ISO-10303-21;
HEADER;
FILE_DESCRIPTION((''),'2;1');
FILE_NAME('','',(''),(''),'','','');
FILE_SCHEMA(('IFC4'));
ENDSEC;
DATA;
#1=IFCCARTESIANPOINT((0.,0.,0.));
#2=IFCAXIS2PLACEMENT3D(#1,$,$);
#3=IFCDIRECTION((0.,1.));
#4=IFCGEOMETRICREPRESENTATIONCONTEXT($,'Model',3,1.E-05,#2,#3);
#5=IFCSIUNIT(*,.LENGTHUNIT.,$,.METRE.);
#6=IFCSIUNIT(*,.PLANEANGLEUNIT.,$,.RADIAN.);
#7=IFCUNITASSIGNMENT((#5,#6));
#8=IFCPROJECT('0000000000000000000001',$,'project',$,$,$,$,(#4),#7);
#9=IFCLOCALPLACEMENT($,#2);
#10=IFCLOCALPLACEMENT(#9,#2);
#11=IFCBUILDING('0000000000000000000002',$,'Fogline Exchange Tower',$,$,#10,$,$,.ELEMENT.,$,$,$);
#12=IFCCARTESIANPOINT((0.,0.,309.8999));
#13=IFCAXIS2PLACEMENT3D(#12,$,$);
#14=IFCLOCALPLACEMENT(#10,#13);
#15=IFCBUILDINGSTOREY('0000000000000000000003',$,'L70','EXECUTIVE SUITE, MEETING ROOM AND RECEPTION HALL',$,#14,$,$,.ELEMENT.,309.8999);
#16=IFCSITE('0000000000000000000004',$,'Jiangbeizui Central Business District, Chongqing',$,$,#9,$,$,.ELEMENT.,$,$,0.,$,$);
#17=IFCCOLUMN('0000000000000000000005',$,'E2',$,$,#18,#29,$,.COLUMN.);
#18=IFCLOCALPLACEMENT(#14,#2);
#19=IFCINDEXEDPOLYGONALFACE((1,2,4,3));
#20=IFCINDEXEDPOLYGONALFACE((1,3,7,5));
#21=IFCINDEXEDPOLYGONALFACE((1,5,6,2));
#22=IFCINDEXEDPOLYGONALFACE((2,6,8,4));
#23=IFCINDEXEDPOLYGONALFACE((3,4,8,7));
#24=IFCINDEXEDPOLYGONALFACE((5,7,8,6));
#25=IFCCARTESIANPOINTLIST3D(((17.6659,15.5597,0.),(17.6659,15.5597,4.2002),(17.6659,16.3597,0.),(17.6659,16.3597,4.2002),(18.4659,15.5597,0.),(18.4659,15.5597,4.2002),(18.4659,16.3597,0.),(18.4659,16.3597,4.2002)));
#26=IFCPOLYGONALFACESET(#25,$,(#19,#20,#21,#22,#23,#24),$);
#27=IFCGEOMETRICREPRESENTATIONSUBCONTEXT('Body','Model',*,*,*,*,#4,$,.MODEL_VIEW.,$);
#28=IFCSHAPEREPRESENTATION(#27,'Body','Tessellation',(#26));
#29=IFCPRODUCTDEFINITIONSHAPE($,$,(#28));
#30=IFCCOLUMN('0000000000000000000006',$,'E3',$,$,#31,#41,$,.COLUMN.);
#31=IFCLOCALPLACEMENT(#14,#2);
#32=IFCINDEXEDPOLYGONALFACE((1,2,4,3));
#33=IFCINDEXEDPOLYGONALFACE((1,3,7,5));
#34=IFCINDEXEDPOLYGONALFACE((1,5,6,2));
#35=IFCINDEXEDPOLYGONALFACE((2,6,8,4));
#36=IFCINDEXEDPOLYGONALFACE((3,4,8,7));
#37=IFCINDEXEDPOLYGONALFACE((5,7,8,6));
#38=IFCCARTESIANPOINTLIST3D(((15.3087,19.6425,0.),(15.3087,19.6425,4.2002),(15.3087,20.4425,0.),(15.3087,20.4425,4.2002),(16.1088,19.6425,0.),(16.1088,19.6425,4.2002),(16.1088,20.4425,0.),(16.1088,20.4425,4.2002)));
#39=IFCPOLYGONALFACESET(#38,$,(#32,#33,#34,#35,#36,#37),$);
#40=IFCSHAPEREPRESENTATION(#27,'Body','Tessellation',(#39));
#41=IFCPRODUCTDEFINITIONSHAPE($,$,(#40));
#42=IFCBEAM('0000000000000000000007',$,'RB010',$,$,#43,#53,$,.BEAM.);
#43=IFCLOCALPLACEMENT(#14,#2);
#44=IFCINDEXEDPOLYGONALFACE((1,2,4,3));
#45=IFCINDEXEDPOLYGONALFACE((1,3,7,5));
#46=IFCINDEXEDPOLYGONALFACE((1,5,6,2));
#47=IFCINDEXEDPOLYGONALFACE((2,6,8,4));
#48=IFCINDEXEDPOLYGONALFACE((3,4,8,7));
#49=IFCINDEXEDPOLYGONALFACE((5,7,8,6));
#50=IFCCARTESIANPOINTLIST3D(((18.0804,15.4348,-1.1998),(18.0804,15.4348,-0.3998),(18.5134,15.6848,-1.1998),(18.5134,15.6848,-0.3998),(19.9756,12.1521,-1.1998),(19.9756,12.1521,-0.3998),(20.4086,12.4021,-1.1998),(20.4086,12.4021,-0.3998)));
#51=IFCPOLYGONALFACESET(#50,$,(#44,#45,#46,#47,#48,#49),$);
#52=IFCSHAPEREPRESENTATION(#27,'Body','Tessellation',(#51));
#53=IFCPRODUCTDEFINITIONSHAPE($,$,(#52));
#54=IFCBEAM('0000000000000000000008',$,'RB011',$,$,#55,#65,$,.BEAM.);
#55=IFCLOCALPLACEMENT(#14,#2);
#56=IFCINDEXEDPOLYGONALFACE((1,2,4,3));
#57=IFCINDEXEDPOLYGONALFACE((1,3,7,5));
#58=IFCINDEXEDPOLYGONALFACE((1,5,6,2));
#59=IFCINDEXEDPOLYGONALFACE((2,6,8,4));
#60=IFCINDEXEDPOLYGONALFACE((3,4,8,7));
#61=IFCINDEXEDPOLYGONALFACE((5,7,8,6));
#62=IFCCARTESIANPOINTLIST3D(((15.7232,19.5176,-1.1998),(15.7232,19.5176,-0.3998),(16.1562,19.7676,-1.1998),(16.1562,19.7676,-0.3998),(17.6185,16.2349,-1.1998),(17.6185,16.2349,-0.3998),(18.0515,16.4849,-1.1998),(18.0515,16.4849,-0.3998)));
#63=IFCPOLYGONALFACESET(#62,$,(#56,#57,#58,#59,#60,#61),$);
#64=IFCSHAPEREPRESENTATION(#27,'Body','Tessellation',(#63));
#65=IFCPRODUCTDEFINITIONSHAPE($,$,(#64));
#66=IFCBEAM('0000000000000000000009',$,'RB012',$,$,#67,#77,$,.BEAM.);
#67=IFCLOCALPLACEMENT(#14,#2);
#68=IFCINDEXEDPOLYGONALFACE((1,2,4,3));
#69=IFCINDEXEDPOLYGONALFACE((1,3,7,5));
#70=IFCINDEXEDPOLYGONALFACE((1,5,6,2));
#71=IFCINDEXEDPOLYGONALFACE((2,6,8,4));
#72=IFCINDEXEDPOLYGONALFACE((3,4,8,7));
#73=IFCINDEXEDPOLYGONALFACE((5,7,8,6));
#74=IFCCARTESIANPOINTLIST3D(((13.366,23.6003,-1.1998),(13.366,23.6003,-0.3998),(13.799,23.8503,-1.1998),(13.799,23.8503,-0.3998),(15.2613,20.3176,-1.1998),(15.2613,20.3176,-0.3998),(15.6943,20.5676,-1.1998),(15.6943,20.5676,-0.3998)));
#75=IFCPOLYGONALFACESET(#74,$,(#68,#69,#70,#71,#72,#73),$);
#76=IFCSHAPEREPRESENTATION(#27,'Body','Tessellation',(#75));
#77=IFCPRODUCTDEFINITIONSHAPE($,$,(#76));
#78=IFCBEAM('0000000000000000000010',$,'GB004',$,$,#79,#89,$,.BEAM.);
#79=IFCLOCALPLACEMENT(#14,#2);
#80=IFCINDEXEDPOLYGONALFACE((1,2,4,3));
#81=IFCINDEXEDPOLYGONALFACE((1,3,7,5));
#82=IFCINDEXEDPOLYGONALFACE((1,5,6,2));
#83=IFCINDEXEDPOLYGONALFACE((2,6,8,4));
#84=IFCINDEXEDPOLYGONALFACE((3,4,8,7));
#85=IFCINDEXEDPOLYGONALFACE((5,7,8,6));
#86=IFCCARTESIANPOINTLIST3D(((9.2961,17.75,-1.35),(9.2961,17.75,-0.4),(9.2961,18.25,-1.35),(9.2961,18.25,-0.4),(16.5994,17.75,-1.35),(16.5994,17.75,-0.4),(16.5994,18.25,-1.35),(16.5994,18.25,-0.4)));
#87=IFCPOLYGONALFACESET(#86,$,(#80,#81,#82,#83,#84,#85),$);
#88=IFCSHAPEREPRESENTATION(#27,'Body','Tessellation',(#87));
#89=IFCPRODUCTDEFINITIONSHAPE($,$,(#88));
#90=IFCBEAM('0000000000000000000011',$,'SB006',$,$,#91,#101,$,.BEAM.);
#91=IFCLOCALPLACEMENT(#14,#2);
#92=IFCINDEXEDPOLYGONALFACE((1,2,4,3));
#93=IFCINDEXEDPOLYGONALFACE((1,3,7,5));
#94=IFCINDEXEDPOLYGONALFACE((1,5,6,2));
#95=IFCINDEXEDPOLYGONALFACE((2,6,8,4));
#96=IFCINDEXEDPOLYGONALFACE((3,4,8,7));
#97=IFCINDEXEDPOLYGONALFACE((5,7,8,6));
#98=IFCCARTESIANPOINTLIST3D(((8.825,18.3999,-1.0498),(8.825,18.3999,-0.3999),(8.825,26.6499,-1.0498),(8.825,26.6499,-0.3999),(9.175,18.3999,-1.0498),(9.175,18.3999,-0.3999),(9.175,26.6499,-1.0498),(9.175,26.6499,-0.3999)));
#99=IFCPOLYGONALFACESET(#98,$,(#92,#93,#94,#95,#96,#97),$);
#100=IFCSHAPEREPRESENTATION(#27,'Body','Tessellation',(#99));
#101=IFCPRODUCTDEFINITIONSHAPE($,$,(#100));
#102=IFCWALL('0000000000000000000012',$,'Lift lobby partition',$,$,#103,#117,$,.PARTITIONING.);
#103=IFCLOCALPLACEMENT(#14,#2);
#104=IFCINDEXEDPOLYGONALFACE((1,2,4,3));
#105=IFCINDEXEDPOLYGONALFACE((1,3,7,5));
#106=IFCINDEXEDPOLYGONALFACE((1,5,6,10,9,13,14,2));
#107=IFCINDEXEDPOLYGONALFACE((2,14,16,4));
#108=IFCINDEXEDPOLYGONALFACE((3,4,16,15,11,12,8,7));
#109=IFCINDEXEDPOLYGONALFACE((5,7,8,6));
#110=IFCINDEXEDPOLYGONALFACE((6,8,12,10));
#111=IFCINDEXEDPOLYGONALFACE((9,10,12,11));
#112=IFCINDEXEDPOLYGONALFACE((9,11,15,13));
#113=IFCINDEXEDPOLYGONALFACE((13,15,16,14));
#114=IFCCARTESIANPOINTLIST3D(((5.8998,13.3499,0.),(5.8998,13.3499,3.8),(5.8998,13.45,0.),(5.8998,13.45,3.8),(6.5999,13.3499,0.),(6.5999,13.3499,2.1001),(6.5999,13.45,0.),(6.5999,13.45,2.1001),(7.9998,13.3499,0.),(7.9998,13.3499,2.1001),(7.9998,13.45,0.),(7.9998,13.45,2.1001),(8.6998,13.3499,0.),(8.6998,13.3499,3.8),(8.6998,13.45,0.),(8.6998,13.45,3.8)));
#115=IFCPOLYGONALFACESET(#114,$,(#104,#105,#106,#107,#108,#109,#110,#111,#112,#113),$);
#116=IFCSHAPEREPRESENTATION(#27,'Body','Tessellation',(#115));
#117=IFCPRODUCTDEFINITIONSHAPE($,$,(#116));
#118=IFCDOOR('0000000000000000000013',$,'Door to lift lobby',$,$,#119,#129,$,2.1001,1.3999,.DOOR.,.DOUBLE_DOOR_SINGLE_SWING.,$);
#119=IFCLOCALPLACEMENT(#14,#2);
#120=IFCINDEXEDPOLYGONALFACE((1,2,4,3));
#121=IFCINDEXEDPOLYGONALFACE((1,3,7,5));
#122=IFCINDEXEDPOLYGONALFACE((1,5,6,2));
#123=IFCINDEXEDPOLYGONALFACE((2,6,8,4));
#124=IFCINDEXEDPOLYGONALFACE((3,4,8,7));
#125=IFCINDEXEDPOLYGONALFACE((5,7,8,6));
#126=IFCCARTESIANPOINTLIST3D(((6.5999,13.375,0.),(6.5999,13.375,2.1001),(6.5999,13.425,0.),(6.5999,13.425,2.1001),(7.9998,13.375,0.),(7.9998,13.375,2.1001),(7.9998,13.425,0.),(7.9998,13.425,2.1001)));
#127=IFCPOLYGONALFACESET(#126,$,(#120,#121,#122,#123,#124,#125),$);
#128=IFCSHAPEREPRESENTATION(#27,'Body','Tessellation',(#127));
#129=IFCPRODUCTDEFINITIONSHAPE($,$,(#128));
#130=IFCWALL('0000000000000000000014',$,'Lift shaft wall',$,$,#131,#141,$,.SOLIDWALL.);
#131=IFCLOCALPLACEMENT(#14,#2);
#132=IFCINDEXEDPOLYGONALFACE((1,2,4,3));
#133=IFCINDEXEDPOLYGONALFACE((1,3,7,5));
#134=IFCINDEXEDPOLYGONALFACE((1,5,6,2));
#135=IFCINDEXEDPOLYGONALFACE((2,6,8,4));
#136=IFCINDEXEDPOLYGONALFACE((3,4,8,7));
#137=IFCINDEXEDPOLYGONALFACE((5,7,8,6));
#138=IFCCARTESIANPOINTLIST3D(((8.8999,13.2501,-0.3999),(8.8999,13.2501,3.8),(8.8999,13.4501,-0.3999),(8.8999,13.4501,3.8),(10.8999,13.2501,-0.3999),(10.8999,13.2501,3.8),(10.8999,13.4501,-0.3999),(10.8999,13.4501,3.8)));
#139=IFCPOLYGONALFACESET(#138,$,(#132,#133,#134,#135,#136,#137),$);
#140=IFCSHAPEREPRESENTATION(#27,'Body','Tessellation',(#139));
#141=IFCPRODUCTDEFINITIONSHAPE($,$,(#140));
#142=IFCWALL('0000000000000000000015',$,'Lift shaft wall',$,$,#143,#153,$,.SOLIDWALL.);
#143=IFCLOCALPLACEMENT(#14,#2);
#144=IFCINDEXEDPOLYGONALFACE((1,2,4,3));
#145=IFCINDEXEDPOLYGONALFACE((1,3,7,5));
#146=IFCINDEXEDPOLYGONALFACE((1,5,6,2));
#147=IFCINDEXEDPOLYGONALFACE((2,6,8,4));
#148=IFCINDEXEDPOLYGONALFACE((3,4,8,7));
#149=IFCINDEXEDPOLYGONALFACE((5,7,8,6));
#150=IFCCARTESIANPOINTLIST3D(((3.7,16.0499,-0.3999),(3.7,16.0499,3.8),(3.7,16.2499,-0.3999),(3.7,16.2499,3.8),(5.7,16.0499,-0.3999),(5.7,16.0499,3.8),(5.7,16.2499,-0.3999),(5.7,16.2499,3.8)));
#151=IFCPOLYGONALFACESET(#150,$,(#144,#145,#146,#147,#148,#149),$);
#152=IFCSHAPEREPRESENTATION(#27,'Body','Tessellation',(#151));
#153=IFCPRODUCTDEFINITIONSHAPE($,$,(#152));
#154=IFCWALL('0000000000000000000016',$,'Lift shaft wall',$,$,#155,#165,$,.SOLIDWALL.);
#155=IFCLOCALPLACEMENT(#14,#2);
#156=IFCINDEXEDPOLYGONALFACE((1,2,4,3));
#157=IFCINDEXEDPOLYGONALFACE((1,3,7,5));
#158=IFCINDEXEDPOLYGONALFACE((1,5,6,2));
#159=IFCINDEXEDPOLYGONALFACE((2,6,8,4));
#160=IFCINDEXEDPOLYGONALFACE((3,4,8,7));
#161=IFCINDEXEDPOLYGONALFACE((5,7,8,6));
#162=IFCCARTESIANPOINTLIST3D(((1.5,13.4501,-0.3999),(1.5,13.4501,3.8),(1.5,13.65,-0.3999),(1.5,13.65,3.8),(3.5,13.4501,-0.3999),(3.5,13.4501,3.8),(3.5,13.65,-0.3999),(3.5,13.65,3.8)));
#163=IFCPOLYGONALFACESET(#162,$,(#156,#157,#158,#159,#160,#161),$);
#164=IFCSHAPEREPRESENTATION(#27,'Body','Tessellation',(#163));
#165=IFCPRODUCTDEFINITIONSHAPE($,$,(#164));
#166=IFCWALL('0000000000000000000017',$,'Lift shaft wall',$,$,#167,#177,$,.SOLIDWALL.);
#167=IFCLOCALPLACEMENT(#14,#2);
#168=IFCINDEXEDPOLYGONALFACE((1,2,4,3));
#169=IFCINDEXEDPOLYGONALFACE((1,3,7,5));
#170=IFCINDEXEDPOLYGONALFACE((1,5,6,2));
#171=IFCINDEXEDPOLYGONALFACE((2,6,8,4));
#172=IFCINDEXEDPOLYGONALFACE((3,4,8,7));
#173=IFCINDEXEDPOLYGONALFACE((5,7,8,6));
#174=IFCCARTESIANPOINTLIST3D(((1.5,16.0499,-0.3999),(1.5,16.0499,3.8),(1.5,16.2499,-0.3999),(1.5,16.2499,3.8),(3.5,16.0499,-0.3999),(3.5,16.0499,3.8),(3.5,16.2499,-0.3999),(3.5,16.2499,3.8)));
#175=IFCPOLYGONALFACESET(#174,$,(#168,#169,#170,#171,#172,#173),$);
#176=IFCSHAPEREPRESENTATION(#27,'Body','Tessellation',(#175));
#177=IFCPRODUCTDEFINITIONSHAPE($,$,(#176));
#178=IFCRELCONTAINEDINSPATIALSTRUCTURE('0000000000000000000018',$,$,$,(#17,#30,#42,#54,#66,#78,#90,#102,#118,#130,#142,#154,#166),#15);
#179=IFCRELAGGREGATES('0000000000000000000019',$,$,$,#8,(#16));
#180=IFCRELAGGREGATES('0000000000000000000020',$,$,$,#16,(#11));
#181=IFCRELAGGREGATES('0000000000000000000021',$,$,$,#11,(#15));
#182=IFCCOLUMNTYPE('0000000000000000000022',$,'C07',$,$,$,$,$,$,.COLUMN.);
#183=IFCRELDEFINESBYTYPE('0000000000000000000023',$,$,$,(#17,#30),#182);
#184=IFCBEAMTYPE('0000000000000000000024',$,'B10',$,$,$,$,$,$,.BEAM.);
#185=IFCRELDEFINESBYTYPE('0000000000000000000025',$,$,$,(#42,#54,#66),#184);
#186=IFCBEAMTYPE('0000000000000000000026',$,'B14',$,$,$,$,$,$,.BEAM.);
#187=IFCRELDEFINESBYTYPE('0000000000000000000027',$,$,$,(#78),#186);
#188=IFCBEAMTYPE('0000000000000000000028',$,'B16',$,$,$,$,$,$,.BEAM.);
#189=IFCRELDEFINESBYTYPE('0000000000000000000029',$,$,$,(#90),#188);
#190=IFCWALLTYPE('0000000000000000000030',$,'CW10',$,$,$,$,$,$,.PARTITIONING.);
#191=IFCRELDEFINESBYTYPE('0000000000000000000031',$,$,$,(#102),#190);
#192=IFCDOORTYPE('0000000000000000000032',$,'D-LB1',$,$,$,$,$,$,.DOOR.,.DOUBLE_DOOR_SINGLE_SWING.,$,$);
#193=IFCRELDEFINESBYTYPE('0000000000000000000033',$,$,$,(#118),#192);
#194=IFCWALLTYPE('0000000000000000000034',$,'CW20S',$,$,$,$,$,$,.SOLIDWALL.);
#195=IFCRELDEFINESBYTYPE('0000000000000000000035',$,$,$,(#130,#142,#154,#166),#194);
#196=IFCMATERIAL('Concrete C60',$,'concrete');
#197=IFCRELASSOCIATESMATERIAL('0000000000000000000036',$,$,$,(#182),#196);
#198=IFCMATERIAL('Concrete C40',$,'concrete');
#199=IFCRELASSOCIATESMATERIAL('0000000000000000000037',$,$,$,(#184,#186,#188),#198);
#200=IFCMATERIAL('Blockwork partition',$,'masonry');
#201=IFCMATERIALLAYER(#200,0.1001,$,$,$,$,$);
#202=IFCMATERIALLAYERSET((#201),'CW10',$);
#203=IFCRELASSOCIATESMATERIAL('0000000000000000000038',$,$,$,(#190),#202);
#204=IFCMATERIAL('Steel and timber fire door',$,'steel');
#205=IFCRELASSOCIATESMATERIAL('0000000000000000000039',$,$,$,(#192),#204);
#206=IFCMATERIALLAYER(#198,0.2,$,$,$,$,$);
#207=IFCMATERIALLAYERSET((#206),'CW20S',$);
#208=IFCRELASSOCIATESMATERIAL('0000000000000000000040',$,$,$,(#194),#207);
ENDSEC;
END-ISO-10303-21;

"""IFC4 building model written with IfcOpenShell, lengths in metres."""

from ifc_helpers import new_model, si_unit, direction, frame, frame_2d, origin, origin_2d, place, context, subcontext, project, spatial, rectangle, extrude, material, layer, layer_set, material_profile, profile_set, type_object, element, fill, save


model = new_model("IFC4")

# Units and contexts
model_context = context("Model", 3, precision=1e-05, world=origin(), true_north=direction((0.0, 1.0)))
body_context = subcontext(model_context, "Body", "Model", "MODEL_VIEW")
ifc_project = project(units=[si_unit("LENGTHUNIT", "METRE"), si_unit("PLANEANGLEUNIT", "RADIAN")], contexts=[model_context])

# Site, building, storey
site_placement = place(None, origin())
site = spatial("IfcSite", under=ifc_project, at=site_placement, Name="Jiangbeizui Central Business District, Chongqing", CompositionType="ELEMENT", RefElevation=0.0)
building_placement = place(site_placement, origin())
building = spatial("IfcBuilding", under=site, at=building_placement, Name="Fogline Exchange Tower", CompositionType="ELEMENT")
storey_placement = place(building_placement, frame((0.0, 0.0, 309.8999)))
storey = spatial("IfcBuildingStorey", under=building, at=storey_placement, Name="L70", Description="EXECUTIVE SUITE, MEETING ROOM AND RECEPTION HALL", CompositionType="ELEMENT", Elevation=309.8999)

# Columns
ifc_material_1 = material(Name="Concrete C60", Category="concrete")
ifc_material_profile_1 = material_profile(ifc_material_1, rectangle(XDim=0.8, YDim=0.8, at=origin_2d()), Name="RC 800x800")
ifc_profile_set_1 = profile_set([ifc_material_profile_1], Name="Concrete C60")
column_type = type_object("IfcColumnType", Name="C07", PredefinedType="COLUMN", material=ifc_profile_set_1)
for number, where, z_axis, x_axis, name in (
    (1, (18.0659, 15.9597, 0.0), (0.0, 0.0, 1.0), (1.0, 0.0, 0.0), "E2"),
    (2, (15.7087, 20.0425, 0.0), (0.0, 0.0, 1.0), (1.0, 0.0, 0.0), "E3"),
):
    element("IfcColumn", number, at=place(storey_placement, frame(where, z_axis=z_axis, x_axis=x_axis)), inside=storey, type_object=column_type, Name=name, PredefinedType="COLUMN", context=body_context, shape_type="SweptSolid", body=[
        extrude(rectangle(XDim=0.8, YDim=0.8, at=origin_2d()), origin(), (0.0, 0.0, 1.0), 4.2002),
    ])

# Beams
ifc_material_2 = material(Name="Concrete C40", Category="concrete")
ifc_material_profile_2 = material_profile(ifc_material_2, rectangle(XDim=0.5, YDim=0.8, at=origin_2d()), Name="RC 500x800")
ifc_profile_set_2 = profile_set([ifc_material_profile_2], Name="Concrete C40")
beam_type_1 = type_object("IfcBeamType", Name="B10", PredefinedType="BEAM", material=ifc_profile_set_2)
for number, where, z_axis, x_axis, name in (
    (3, (20.1921, 12.2771, -0.7998), (-0.499998, 0.866027, 0.0), (-0.866027, -0.499998, 0.0), "RB010"),
    (4, (17.835, 16.3599, -0.7998), (-0.499998, 0.866027, 0.0), (-0.866027, -0.499998, 0.0), "RB011"),
    (5, (15.4778, 20.4426, -0.7998), (-0.499998, 0.866027, 0.0), (-0.866027, -0.499998, 0.0), "RB012"),
):
    element("IfcBeam", number, at=place(storey_placement, frame(where, z_axis=z_axis, x_axis=x_axis)), inside=storey, type_object=beam_type_1, Name=name, PredefinedType="BEAM", context=body_context, shape_type="SweptSolid", body=[
        extrude(rectangle(XDim=0.5, YDim=0.8, at=origin_2d()), origin(), (0.0, 0.0, 1.0), 3.7905),
    ])
ifc_material_profile_3 = material_profile(ifc_material_2, rectangle(XDim=0.5, YDim=0.95, at=origin_2d()), Name="RC 500x950")
ifc_profile_set_3 = profile_set([ifc_material_profile_3], Name="Concrete C40")
beam_type_2 = type_object("IfcBeamType", Name="B14", PredefinedType="BEAM", material=ifc_profile_set_3)
beam_1_placement = place(storey_placement, frame((9.2961, 18.0, -0.875), z_axis=(1.0, 0.0, 0.0), x_axis=(0.0, 1.0, 0.0)))
element("IfcBeam", 6, at=beam_1_placement, inside=storey, type_object=beam_type_2, Name="GB004", PredefinedType="BEAM", context=body_context, shape_type="SweptSolid", body=[
    extrude(rectangle(XDim=0.5, YDim=0.95, at=origin_2d()), origin(), (0.0, 0.0, 1.0), 7.3032),
])
ifc_material_profile_4 = material_profile(ifc_material_2, rectangle(XDim=0.3501, YDim=0.6499, at=origin_2d()), Name="RC 350x650")
ifc_profile_set_4 = profile_set([ifc_material_profile_4], Name="Concrete C40")
beam_type_3 = type_object("IfcBeamType", Name="B16", PredefinedType="BEAM", material=ifc_profile_set_4)
beam_2_placement = place(storey_placement, frame((9.0, 18.3999, -0.7249), z_axis=(0.0, 1.0, 0.0), x_axis=(-1.0, 0.0, 0.0)))
element("IfcBeam", 7, at=beam_2_placement, inside=storey, type_object=beam_type_3, Name="SB006", PredefinedType="BEAM", context=body_context, shape_type="SweptSolid", body=[
    extrude(rectangle(XDim=0.3501, YDim=0.6499, at=origin_2d()), origin(), (0.0, 0.0, 1.0), 8.25),
])

# Wall, opening, door
ifc_material_3 = material(Name="Blockwork partition", Category="masonry")
ifc_layer_1 = layer(ifc_material_3, 0.1001)
ifc_layer_set_1 = layer_set([ifc_layer_1], Name="CW10")
wall_type_1 = type_object("IfcWallType", Name="CW10", PredefinedType="PARTITIONING", material=ifc_layer_set_1)
wall_1_placement = place(storey_placement, frame((5.8999, 13.3999, 0.0), z_axis=(0.0, 0.0, 1.0), x_axis=(1.0, 0.0, 0.0)))
wall_1 = element("IfcWall", 8, at=wall_1_placement, inside=storey, type_object=wall_type_1, Name="Lift lobby partition", PredefinedType="PARTITIONING", context=body_context, shape_type="SweptSolid", body=[
    extrude(rectangle(XDim=2.8, YDim=0.1001, at=frame_2d((1.3999, 0.0))), origin(), (0.0, 0.0, 1.0), 3.8),
])
opening_1_placement = place(wall_1_placement, frame((0.7, 0.0, 0.0)))
opening_1 = element("IfcOpeningElement", 9, at=opening_1_placement, cuts=wall_1, PredefinedType="OPENING", context=body_context, shape_type="SweptSolid", body=[
    extrude(rectangle(XDim=1.3999, YDim=2.1001, at=frame_2d((0.7, 1.05))), frame((0.0, 0.0601, 0.0), z_axis=(0.0, -1.0, 0.0), x_axis=(1.0, 0.0, 0.0)), (0.0, 0.0, 1.0), 0.1201),
])
ifc_material_4 = material(Name="Steel and timber fire door", Category="steel")
door_type_1 = type_object("IfcDoorType", Name="D-LB1", OperationType="DOUBLE_DOOR_SINGLE_SWING", PredefinedType="DOOR", material=ifc_material_4)
door_1_placement = place(opening_1_placement, frame((1.3999, 0.0, 0.0), z_axis=(0.0, 0.0, 1.0), x_axis=(-1.0, 0.0, 0.0)))
door_1 = element("IfcDoor", 10, at=door_1_placement, inside=storey, type_object=door_type_1, Name="Door to lift lobby", OperationType="DOUBLE_DOOR_SINGLE_SWING", OverallHeight=2.1001, OverallWidth=1.3999, PredefinedType="DOOR", context=body_context, shape_type="SweptSolid", body=[
    extrude(rectangle(XDim=1.3999, YDim=2.1001, at=frame_2d((0.7, 1.05))), frame((0.0, 0.0249, 0.0), z_axis=(0.0, -1.0, 0.0), x_axis=(1.0, 0.0, 0.0)), (0.0, 0.0, 1.0), 0.05),
])
fill(opening_1, door_1)

# Walls
ifc_layer_2 = layer(ifc_material_2, 0.2)
ifc_layer_set_2 = layer_set([ifc_layer_2], Name="CW20S")
wall_type_2 = type_object("IfcWallType", Name="CW20S", PredefinedType="SOLIDWALL", material=ifc_layer_set_2)
for number, where, z_axis, x_axis, name in (
    (11, (8.8999, 13.3501, -0.3999), (0.0, 0.0, 1.0), (1.0, 0.0, 0.0), "Lift shaft wall"),
    (12, (3.7, 16.1499, -0.3999), (0.0, 0.0, 1.0), (1.0, 0.0, 0.0), "Lift shaft wall"),
    (13, (1.5, 13.55, -0.3999), (0.0, 0.0, 1.0), (1.0, 0.0, 0.0), "Lift shaft wall"),
    (14, (1.5, 16.1499, -0.3999), (0.0, 0.0, 1.0), (1.0, 0.0, 0.0), "Lift shaft wall"),
):
    element("IfcWall", number, at=place(storey_placement, frame(where, z_axis=z_axis, x_axis=x_axis)), inside=storey, type_object=wall_type_2, Name=name, PredefinedType="SOLIDWALL", context=body_context, shape_type="SweptSolid", body=[
        extrude(rectangle(XDim=2.0, YDim=0.2, at=frame_2d((1.0, 0.0))), origin(), (0.0, 0.0, 1.0), 4.2),
    ])

save(model, "model.ifc")
